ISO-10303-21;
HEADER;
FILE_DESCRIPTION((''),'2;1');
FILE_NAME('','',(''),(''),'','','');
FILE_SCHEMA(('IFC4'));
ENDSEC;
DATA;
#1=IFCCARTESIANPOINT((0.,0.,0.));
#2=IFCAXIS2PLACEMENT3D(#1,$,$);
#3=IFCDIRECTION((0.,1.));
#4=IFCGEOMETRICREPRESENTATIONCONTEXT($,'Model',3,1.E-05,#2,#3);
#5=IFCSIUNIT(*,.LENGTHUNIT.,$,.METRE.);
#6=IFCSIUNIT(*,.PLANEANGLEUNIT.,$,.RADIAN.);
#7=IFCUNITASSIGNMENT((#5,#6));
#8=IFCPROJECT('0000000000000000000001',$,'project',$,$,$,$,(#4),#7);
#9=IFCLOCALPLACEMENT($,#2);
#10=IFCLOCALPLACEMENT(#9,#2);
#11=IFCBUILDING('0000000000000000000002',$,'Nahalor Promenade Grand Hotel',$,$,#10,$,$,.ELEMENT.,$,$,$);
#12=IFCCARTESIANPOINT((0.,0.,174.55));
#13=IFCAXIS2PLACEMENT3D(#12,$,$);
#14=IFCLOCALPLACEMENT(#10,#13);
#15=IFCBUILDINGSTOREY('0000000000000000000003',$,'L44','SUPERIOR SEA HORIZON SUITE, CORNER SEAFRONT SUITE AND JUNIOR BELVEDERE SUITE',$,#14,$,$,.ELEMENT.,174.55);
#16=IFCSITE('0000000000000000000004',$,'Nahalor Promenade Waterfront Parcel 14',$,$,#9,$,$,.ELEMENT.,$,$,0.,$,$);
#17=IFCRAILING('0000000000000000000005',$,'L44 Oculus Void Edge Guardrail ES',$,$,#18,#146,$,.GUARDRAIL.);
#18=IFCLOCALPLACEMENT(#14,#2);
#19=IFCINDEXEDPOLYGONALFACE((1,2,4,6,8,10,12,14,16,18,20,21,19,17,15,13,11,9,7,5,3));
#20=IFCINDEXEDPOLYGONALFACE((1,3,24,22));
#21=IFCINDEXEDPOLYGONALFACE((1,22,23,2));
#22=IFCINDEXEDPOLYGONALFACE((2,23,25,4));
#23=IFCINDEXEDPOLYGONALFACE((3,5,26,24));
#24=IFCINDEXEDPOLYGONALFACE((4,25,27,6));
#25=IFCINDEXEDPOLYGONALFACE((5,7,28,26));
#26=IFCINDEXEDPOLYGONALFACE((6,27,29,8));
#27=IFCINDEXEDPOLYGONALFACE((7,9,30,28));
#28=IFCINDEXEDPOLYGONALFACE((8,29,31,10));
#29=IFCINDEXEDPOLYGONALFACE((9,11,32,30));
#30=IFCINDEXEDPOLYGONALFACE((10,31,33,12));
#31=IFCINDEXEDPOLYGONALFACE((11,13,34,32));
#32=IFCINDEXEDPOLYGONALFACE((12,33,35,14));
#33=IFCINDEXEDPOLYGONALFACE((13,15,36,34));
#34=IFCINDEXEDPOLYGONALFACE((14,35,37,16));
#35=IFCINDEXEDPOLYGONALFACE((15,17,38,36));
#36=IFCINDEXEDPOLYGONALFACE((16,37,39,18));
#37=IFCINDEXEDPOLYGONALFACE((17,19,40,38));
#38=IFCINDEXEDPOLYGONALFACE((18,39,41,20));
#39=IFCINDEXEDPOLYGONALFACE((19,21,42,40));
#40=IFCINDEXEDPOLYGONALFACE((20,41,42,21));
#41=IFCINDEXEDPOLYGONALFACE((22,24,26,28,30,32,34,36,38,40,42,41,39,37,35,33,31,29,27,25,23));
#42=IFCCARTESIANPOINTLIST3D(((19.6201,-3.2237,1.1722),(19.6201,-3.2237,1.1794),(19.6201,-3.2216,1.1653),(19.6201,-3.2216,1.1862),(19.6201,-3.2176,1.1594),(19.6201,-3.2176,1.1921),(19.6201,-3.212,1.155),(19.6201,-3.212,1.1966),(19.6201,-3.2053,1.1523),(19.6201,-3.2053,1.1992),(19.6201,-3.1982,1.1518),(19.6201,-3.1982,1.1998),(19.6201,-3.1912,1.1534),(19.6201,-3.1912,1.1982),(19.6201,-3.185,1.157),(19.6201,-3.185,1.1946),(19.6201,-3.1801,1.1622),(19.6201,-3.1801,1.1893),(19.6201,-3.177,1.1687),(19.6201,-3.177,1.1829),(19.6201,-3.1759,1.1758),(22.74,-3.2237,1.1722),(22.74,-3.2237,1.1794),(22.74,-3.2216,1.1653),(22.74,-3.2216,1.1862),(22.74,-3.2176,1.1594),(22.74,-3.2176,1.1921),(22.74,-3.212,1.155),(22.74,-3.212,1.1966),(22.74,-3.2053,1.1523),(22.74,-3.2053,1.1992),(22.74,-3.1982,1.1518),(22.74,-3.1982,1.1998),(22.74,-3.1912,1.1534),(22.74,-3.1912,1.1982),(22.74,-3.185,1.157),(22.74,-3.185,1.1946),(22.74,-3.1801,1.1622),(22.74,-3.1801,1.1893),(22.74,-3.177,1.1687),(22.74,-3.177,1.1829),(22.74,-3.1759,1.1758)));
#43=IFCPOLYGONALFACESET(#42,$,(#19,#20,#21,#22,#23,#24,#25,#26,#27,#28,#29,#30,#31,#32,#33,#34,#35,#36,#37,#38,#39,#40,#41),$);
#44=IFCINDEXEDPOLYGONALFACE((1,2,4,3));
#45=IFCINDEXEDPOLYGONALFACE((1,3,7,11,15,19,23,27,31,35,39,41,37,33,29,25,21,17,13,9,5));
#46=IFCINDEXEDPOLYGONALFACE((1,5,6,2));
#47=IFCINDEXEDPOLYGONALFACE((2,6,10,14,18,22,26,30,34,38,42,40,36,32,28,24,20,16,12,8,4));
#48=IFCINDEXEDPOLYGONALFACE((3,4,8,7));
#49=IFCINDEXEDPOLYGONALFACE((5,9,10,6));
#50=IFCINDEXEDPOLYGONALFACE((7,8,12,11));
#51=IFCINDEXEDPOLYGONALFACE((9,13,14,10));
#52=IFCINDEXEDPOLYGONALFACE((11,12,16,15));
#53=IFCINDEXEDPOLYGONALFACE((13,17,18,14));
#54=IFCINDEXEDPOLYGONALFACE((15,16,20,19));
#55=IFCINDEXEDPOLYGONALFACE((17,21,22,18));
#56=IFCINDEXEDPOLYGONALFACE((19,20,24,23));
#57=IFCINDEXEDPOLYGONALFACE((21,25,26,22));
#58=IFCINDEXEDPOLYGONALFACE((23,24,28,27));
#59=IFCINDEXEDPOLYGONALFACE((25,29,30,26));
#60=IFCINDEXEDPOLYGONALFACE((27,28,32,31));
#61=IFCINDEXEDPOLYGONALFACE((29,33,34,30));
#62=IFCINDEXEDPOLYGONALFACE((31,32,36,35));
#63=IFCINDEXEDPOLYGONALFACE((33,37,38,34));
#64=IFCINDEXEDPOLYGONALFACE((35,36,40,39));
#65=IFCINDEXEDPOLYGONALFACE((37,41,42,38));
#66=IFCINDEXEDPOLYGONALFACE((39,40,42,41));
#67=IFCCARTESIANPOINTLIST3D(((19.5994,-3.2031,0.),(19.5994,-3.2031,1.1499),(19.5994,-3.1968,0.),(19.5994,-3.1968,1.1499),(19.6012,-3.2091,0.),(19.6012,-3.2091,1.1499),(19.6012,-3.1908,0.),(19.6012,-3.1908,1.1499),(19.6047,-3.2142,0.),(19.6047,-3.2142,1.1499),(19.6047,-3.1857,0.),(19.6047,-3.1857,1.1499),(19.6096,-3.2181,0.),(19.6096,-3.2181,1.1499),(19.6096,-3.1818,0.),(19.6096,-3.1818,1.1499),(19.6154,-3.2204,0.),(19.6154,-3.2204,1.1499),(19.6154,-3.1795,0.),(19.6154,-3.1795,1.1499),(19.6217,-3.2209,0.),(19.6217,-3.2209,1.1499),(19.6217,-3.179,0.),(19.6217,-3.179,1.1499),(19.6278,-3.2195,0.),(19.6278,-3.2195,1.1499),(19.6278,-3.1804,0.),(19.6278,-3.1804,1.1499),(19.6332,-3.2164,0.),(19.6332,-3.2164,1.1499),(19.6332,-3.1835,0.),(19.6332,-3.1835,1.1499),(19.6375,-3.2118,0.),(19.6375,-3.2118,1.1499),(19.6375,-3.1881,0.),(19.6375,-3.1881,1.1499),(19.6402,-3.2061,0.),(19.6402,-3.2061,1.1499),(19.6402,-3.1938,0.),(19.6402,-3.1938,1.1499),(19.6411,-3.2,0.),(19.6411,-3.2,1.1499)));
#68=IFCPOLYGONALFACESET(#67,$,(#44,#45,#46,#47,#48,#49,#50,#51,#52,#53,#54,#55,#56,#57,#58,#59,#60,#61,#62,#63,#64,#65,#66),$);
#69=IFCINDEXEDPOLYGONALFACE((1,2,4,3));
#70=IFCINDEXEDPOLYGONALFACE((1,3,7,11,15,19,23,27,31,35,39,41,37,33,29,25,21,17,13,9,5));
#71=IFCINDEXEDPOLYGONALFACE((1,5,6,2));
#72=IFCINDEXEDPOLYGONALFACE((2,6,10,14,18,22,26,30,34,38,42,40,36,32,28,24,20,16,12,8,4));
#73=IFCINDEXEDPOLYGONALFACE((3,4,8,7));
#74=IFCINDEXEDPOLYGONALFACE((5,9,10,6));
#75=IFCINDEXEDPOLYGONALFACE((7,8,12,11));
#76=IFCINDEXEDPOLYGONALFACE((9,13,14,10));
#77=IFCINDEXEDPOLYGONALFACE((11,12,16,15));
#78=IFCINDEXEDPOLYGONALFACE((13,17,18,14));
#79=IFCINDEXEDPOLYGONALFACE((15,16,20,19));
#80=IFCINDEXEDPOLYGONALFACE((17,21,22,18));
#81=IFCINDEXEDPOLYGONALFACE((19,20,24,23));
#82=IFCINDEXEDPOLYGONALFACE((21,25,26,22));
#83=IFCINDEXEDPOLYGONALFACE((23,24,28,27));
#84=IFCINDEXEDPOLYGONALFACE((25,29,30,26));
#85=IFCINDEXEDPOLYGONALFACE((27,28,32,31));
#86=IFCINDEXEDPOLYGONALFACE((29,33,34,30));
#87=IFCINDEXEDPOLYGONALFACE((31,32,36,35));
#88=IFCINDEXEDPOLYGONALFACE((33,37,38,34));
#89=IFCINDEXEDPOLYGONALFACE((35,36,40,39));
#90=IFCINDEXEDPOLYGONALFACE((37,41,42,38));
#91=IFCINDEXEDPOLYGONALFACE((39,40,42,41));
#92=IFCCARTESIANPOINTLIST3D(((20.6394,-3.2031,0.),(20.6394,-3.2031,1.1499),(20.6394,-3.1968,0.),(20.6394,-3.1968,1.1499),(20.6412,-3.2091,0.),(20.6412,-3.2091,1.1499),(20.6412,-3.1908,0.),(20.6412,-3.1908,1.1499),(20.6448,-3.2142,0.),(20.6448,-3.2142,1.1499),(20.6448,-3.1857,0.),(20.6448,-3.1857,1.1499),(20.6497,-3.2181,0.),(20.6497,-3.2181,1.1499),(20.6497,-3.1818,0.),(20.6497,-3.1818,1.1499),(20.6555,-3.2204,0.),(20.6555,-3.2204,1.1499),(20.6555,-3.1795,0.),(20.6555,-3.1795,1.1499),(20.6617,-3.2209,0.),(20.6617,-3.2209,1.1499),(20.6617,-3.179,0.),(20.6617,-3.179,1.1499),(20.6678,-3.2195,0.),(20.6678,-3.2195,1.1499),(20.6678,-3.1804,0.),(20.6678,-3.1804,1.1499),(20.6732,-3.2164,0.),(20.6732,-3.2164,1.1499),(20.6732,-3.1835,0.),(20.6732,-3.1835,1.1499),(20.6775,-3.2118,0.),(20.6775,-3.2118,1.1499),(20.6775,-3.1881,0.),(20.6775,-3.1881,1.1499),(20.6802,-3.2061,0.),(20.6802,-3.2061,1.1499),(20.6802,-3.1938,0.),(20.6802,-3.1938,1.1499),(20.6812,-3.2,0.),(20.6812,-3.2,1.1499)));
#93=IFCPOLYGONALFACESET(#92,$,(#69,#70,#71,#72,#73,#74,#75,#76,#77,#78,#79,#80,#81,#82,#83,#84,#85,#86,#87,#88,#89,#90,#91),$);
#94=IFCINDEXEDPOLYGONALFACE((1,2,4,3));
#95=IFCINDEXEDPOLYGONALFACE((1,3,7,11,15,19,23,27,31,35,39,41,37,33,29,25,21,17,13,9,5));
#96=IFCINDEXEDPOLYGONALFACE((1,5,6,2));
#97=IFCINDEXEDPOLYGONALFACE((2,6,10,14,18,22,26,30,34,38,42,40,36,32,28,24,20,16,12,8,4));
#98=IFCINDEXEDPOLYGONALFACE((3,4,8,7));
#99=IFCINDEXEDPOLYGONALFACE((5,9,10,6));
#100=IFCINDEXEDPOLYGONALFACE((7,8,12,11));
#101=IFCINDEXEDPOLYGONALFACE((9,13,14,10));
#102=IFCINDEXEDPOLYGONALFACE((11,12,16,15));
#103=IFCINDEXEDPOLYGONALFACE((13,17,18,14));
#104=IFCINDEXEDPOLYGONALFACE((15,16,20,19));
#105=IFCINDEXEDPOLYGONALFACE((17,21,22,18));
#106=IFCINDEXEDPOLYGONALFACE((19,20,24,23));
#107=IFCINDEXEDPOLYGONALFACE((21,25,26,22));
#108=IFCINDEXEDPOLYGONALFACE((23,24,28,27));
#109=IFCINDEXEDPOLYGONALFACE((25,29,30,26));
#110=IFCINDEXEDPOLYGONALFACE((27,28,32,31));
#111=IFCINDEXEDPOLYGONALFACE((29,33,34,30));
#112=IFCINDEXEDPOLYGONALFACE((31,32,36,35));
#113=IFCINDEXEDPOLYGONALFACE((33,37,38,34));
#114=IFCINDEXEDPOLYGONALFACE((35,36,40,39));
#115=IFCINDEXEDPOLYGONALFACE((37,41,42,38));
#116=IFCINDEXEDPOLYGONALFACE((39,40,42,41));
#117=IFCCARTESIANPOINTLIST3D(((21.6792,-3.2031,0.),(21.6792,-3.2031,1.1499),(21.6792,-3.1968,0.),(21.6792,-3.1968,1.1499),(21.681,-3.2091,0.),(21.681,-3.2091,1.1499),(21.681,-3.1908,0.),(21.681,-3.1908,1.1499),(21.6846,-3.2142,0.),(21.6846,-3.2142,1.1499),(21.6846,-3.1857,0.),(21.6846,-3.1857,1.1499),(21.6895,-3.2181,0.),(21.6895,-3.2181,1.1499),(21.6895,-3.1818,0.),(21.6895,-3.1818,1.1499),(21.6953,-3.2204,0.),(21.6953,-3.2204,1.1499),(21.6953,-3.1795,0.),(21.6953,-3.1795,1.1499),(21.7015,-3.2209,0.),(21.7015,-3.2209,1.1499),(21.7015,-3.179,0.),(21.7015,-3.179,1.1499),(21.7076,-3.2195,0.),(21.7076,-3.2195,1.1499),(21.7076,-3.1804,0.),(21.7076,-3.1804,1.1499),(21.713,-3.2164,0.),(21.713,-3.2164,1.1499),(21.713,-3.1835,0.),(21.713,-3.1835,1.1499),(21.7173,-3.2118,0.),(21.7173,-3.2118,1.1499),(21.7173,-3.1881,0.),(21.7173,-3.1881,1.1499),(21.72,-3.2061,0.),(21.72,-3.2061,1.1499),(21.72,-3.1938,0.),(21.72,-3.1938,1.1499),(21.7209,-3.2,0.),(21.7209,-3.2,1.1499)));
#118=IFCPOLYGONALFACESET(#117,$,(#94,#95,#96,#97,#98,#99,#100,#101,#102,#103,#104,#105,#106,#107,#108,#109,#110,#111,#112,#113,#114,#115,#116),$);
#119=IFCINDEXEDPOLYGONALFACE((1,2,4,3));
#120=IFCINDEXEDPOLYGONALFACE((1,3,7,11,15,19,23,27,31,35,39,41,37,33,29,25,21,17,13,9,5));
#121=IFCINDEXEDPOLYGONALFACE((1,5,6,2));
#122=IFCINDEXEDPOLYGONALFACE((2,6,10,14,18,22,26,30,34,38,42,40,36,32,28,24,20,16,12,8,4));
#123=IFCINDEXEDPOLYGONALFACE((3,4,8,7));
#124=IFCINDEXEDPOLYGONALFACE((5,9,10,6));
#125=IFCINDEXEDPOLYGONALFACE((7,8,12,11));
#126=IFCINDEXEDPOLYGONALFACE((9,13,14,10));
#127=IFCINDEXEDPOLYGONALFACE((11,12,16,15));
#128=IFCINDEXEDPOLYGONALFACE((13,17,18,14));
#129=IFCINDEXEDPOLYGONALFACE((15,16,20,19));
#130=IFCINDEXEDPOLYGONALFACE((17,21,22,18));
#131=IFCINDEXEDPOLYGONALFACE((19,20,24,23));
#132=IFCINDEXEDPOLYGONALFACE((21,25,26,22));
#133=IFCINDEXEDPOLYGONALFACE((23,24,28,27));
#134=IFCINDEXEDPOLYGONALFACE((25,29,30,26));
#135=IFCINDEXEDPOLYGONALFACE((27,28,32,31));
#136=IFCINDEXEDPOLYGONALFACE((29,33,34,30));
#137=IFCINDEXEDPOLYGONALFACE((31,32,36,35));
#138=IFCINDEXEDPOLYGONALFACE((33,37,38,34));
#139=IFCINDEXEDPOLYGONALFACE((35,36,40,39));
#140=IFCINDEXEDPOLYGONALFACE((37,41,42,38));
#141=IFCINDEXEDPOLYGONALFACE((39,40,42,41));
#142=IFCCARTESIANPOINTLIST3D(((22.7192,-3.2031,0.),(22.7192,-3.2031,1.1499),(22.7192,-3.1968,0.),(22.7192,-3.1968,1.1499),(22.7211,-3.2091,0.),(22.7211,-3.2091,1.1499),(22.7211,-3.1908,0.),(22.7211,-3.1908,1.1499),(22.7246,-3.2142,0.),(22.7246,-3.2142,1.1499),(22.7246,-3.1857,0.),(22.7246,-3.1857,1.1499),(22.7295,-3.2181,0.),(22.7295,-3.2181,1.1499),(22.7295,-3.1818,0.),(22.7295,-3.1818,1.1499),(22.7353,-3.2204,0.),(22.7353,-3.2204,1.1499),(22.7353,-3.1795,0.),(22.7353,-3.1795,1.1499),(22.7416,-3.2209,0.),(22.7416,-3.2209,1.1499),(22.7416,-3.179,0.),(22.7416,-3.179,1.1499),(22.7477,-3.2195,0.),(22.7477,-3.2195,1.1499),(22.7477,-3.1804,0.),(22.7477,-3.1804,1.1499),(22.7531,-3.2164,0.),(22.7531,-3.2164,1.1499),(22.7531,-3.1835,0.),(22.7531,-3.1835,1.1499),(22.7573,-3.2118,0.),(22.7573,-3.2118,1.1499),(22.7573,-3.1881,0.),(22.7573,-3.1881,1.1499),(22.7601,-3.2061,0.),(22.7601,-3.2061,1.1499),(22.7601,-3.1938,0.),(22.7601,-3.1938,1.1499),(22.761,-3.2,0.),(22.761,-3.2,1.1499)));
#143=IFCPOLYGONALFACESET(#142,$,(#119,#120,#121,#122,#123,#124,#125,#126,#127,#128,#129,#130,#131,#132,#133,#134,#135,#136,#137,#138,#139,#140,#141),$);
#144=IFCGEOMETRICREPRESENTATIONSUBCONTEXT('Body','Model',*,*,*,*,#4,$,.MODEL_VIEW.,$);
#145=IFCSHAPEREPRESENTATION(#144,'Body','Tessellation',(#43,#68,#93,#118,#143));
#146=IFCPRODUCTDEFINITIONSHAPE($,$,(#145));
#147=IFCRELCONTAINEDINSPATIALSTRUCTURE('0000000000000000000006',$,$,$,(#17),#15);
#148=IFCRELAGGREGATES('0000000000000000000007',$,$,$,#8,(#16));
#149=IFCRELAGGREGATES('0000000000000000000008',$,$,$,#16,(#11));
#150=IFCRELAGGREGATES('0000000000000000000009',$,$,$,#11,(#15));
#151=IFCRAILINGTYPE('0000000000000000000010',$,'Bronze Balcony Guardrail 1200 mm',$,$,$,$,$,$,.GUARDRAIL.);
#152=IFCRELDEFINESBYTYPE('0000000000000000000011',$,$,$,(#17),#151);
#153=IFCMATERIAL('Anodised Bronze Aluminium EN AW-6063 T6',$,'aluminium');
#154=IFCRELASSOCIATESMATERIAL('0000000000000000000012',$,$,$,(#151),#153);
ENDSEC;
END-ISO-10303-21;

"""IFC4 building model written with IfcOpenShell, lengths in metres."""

from ifc_helpers import new_model, si_unit, direction, frame, origin, origin_2d, place, context, subcontext, project, spatial, circle, extrude, material, type_object, element, save


model = new_model("IFC4")

# Units and contexts
model_context = context("Model", 3, precision=1e-05, world=origin(), true_north=direction((0.0, 1.0)))
body_context = subcontext(model_context, "Body", "Model", "MODEL_VIEW")
ifc_project = project(units=[si_unit("LENGTHUNIT", "METRE"), si_unit("PLANEANGLEUNIT", "RADIAN")], contexts=[model_context])

# Site, building, storey
site_placement = place(None, origin())
site = spatial("IfcSite", under=ifc_project, at=site_placement, Name="Nahalor Promenade Waterfront Parcel 14", CompositionType="ELEMENT", RefElevation=0.0)
building_placement = place(site_placement, origin())
building = spatial("IfcBuilding", under=site, at=building_placement, Name="Nahalor Promenade Grand Hotel", CompositionType="ELEMENT")
storey_placement = place(building_placement, frame((0.0, 0.0, 174.55)))
storey = spatial("IfcBuildingStorey", under=building, at=storey_placement, Name="L44", Description="SUPERIOR SEA HORIZON SUITE, CORNER SEAFRONT SUITE AND JUNIOR BELVEDERE SUITE", CompositionType="ELEMENT", Elevation=174.55)

# Shared definitions
ifc_material_1 = material(Name="Anodised Bronze Aluminium EN AW-6063 T6", Category="aluminium")

# Railing
railing_type = type_object("IfcRailingType", Name="Bronze Balcony Guardrail 1200 mm", PredefinedType="GUARDRAIL", material=ifc_material_1)
for number, where, name in (
    (1, (19.6201, -3.2, 0.0), "L44 Oculus Void Edge Guardrail ES"),
):
    element("IfcRailing", number, at=place(storey_placement, frame(where)), inside=storey, type_object=railing_type, Name=name, PredefinedType="GUARDRAIL", context=body_context, shape_type="SweptSolid", body=[
        extrude(circle(Radius=0.024, at=origin_2d()), frame((0.0, 0.0, 1.1758), z_axis=(1.0, 0.0, 0.0), x_axis=(0.0, 1.0, 0.0)), (0.0, 0.0, 1.0), 3.1199),
        extrude(circle(Radius=0.021, at=origin_2d()), origin(), (0.0, 0.0, 1.0), 1.1499),
        extrude(circle(Radius=0.021, at=origin_2d()), frame((1.04, 0.0, 0.0)), (0.0, 0.0, 1.0), 1.1499),
        extrude(circle(Radius=0.021, at=origin_2d()), frame((2.0798, 0.0, 0.0)), (0.0, 0.0, 1.0), 1.1499),
        extrude(circle(Radius=0.021, at=origin_2d()), frame((3.1199, 0.0, 0.0)), (0.0, 0.0, 1.0), 1.1499),
    ])

save(model, "model.ifc")
